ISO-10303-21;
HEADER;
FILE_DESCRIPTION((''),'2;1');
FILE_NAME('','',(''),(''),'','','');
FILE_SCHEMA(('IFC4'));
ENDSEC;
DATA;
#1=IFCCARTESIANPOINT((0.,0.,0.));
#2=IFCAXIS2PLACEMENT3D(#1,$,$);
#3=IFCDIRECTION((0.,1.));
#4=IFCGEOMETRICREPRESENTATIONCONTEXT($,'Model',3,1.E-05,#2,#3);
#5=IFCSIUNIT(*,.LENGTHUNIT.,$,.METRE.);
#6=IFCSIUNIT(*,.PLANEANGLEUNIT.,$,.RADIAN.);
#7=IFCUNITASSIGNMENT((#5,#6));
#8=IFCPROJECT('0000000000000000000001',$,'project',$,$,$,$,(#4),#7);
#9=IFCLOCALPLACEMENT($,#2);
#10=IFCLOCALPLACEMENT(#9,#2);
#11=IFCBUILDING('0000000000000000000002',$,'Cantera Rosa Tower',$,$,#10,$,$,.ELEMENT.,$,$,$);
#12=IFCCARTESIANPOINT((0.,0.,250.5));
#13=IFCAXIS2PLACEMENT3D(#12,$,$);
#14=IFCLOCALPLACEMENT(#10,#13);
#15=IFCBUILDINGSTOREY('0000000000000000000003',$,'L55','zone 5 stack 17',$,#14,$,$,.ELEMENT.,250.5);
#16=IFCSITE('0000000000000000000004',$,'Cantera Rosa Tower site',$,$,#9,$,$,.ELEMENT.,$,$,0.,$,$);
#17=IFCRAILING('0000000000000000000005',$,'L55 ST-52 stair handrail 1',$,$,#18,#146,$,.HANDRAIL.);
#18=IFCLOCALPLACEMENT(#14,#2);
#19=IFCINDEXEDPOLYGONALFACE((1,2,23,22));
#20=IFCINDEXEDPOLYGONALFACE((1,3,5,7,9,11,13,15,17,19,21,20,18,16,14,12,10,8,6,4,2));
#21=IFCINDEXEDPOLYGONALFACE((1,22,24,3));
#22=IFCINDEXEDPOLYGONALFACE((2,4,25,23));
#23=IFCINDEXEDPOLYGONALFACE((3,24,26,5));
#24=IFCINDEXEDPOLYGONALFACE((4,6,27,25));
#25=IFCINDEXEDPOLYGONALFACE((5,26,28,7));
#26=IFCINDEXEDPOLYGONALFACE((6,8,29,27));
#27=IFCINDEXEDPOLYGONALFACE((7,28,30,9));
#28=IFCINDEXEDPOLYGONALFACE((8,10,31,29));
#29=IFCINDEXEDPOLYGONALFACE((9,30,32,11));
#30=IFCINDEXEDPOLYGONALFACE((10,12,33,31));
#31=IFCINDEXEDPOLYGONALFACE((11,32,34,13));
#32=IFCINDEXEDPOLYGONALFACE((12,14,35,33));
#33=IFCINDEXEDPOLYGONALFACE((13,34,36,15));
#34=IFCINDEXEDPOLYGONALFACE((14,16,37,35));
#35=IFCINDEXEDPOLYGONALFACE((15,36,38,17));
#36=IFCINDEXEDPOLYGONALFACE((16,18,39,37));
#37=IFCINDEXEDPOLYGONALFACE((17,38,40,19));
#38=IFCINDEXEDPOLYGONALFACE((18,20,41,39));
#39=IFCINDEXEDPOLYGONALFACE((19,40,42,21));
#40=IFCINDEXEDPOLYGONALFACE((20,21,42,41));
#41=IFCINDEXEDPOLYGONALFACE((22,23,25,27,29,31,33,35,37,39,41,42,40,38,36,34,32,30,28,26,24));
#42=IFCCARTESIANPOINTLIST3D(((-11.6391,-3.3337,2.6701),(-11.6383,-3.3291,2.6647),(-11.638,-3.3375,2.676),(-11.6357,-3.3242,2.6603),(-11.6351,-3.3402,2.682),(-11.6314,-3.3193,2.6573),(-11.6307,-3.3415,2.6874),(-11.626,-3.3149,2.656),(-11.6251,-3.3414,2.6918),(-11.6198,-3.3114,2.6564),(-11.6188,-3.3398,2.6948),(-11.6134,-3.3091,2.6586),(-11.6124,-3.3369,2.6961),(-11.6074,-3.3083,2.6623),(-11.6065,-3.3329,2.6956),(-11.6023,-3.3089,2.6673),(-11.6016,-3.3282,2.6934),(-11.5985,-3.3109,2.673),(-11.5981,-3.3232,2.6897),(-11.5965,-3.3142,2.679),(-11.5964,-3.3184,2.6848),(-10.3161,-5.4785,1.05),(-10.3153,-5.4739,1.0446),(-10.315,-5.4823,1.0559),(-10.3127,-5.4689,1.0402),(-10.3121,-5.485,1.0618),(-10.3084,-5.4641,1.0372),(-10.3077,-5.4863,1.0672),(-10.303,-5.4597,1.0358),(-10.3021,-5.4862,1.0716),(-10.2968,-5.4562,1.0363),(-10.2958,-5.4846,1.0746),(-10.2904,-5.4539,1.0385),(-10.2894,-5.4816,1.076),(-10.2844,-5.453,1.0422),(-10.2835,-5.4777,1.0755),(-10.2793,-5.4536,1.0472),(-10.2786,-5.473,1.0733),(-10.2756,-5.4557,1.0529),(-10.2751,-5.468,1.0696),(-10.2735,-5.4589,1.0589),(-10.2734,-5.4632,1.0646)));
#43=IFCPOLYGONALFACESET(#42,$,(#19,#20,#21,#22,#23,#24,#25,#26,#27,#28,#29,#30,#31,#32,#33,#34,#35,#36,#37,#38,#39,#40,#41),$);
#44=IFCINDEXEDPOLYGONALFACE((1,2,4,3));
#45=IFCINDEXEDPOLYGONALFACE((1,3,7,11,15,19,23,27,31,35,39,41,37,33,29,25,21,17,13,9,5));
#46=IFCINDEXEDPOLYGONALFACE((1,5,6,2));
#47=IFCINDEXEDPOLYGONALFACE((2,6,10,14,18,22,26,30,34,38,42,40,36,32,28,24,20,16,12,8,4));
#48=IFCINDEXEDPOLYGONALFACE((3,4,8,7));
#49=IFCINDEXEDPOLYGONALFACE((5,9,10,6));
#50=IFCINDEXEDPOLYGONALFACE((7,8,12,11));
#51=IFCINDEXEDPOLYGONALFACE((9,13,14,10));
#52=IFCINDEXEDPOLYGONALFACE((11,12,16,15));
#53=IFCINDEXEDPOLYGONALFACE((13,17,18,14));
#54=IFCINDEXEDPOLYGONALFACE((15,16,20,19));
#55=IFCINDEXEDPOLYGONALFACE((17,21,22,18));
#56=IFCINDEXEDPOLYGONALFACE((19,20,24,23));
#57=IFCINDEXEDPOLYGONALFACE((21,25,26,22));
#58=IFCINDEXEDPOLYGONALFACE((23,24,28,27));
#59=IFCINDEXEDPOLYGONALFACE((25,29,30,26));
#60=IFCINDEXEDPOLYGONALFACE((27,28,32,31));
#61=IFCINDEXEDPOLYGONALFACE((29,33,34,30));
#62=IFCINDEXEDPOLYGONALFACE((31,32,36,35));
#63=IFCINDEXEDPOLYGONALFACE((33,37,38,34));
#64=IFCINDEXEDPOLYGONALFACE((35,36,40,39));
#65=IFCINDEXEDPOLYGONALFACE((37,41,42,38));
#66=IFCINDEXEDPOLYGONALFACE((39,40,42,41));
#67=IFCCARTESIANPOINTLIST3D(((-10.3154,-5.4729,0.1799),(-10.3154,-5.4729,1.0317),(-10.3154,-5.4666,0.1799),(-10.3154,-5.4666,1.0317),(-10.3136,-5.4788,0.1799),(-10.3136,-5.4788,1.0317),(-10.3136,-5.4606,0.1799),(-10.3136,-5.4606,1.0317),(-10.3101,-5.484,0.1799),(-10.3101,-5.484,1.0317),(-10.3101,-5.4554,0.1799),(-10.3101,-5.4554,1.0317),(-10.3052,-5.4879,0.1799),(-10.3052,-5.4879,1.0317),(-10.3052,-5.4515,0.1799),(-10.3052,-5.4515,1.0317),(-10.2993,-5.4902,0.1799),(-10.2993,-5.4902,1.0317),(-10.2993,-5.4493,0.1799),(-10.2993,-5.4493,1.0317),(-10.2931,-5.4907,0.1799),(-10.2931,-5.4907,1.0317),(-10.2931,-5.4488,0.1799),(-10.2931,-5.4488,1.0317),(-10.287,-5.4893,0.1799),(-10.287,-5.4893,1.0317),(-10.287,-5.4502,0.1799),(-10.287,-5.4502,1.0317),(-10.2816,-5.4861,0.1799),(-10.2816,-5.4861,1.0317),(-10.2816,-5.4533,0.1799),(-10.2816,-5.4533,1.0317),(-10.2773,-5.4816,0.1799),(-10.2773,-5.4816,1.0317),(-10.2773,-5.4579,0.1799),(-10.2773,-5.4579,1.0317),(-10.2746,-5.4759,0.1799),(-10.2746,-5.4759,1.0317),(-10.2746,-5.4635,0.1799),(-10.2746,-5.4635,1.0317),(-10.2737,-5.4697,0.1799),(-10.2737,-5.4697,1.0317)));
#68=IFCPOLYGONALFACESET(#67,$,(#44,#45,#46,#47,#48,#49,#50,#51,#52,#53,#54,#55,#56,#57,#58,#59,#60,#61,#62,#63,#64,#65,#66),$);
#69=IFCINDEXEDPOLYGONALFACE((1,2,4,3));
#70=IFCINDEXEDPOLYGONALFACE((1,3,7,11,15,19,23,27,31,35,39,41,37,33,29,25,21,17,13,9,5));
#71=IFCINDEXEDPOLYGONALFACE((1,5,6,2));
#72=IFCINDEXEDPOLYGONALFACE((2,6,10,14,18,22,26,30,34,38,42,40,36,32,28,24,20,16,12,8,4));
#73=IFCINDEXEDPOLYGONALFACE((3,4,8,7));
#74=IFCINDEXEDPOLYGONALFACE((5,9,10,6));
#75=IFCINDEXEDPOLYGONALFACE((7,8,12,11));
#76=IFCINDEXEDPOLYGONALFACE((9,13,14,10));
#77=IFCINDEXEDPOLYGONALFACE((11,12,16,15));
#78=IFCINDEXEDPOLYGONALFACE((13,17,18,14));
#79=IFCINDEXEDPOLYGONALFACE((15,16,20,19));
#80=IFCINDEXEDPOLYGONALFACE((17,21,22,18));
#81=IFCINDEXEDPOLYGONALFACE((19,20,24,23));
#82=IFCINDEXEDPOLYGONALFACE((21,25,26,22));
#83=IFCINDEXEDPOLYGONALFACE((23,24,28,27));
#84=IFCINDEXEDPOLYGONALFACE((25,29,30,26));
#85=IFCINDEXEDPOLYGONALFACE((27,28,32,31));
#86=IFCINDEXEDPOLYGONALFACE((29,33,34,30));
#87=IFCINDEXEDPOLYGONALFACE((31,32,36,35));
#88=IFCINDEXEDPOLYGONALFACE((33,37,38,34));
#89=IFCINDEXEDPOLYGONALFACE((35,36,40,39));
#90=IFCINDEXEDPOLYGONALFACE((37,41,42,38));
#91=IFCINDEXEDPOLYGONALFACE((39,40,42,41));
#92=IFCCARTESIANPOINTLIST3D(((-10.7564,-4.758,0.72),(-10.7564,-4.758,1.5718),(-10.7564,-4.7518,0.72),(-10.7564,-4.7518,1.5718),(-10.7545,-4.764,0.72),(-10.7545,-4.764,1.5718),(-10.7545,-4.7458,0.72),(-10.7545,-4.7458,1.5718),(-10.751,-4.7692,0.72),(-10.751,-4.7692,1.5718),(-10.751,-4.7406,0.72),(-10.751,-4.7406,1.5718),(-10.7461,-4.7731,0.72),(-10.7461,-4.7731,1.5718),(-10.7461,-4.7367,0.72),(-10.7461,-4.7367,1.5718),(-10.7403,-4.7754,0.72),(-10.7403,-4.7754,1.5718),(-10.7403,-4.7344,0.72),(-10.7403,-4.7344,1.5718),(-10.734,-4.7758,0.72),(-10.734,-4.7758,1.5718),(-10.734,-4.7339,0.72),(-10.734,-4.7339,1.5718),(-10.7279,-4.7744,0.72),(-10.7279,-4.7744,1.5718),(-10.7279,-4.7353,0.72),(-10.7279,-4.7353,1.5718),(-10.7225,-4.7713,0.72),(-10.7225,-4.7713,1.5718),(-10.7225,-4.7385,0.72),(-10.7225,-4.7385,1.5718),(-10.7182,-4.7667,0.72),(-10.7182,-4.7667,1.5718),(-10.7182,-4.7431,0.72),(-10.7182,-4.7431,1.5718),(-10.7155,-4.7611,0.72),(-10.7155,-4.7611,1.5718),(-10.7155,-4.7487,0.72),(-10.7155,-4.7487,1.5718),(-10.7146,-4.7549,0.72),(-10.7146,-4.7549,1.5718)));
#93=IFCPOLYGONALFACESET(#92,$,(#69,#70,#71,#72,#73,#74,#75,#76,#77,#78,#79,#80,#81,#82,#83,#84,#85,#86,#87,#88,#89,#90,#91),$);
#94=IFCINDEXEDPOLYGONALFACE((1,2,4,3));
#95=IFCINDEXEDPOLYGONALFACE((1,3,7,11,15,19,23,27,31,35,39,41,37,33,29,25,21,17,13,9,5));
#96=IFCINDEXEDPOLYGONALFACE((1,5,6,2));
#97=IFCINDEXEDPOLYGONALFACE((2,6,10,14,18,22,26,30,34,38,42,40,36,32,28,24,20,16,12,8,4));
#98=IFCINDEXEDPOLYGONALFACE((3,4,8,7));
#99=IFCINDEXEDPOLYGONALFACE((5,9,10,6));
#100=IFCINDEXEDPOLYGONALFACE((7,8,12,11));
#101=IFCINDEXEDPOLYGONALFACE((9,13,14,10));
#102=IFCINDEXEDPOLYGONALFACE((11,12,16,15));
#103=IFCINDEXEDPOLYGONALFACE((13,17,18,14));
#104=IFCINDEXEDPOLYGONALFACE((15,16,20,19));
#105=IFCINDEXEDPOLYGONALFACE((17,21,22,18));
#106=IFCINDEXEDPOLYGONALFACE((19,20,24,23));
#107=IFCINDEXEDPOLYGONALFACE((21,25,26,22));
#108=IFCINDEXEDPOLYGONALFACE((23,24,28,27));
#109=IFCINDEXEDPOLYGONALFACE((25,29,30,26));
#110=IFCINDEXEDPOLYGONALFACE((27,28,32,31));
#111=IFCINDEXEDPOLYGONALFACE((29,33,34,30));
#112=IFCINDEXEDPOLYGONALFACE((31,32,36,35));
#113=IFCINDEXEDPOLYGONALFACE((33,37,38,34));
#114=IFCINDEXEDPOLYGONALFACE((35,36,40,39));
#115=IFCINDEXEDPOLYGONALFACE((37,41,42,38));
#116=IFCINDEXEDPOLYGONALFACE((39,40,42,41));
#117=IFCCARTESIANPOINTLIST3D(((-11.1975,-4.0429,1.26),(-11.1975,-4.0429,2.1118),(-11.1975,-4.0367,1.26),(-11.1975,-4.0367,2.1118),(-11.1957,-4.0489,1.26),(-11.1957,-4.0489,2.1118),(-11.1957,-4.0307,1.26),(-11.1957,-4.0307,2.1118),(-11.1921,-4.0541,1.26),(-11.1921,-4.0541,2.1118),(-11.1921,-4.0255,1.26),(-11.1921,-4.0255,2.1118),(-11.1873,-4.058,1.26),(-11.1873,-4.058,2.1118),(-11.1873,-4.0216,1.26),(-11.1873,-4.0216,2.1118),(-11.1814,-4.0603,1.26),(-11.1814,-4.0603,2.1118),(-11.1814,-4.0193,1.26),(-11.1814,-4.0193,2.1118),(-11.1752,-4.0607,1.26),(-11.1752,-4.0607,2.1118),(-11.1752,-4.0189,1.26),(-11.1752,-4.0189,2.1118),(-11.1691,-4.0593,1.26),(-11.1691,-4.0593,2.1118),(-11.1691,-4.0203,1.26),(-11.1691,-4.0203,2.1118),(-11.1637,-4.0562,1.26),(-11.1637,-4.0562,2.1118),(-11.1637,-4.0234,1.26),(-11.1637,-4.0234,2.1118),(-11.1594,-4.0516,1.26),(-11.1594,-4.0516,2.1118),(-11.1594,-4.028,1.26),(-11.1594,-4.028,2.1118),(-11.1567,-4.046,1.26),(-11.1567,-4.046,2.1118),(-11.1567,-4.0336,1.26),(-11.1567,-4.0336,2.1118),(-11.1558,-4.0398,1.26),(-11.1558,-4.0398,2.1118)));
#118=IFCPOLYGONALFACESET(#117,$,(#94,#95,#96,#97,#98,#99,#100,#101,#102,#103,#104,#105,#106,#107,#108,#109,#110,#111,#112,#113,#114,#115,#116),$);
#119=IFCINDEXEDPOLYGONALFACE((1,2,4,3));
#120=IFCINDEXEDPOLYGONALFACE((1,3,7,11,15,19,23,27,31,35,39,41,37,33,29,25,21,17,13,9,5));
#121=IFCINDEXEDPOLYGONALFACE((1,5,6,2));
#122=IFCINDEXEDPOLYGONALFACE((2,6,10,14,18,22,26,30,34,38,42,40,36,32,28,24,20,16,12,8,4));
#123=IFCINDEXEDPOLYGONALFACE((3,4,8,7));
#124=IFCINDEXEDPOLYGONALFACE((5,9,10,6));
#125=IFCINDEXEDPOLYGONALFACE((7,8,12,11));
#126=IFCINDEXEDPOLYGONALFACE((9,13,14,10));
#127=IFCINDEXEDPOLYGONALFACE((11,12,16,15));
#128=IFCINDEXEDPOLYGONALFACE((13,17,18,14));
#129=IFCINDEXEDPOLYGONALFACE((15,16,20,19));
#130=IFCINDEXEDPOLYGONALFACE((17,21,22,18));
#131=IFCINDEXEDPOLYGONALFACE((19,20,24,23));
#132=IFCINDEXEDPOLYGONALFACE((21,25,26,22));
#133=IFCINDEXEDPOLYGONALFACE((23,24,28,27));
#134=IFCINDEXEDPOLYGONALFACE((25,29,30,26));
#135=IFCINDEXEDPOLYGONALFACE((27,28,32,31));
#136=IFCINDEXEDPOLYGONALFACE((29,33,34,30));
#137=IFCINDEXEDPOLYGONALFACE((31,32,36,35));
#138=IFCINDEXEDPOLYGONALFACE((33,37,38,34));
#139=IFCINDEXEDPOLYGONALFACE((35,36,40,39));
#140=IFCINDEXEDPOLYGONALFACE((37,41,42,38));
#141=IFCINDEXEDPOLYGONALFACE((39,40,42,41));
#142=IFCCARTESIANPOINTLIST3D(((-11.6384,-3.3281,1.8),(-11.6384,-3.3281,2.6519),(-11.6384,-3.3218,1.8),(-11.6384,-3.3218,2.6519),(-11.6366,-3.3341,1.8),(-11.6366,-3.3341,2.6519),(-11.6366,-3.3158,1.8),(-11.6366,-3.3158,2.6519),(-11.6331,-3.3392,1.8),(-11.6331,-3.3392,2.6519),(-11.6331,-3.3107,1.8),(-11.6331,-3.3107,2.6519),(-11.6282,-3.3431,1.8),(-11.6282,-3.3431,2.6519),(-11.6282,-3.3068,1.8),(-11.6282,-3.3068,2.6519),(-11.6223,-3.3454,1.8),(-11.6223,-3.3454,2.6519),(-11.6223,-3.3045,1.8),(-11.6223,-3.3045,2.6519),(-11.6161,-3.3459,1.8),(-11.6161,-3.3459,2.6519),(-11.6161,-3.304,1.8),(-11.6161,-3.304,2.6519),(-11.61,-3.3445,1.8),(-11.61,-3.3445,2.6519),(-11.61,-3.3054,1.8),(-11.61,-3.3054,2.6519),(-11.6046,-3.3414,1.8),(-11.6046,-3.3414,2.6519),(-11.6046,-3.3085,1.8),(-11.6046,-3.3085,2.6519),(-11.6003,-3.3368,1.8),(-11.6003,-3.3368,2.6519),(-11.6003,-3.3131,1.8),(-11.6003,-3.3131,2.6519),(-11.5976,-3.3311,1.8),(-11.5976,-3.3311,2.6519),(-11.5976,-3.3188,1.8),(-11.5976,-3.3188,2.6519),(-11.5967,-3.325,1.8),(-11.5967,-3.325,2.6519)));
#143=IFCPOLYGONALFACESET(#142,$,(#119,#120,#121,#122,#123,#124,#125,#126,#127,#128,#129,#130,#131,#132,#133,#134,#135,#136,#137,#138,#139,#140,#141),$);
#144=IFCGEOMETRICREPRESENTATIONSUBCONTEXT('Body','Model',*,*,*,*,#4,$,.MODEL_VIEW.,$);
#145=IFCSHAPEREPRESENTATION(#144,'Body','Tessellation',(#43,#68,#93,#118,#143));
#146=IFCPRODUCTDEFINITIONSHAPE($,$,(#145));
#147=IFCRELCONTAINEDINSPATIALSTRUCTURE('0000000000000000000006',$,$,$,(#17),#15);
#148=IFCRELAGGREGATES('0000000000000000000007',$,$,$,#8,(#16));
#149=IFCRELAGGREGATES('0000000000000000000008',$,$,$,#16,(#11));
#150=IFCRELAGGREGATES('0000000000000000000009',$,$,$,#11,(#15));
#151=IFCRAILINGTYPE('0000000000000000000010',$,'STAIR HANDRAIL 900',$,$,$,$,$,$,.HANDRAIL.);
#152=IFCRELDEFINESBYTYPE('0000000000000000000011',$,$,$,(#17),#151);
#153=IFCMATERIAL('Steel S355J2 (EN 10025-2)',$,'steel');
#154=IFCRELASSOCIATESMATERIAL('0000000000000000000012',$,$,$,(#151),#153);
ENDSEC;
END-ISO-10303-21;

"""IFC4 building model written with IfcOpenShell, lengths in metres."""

from ifc_helpers import new_model, si_unit, direction, frame, origin, origin_2d, place, context, subcontext, project, spatial, circle, extrude, material, type_object, element, save


model = new_model("IFC4")

# Units and contexts
model_context = context("Model", 3, precision=1e-05, world=origin(), true_north=direction((0.0, 1.0)))
body_context = subcontext(model_context, "Body", "Model", "MODEL_VIEW")
ifc_project = project(units=[si_unit("LENGTHUNIT", "METRE"), si_unit("PLANEANGLEUNIT", "RADIAN")], contexts=[model_context])

# Site, building, storey
site_placement = place(None, origin())
site = spatial("IfcSite", under=ifc_project, at=site_placement, Name="Cantera Rosa Tower site", CompositionType="ELEMENT", RefElevation=0.0)
building_placement = place(site_placement, origin())
building = spatial("IfcBuilding", under=site, at=building_placement, Name="Cantera Rosa Tower", CompositionType="ELEMENT")
storey_placement = place(building_placement, frame((0.0, 0.0, 250.5)))
storey = spatial("IfcBuildingStorey", under=building, at=storey_placement, Name="L55", Description="zone 5 stack 17", CompositionType="ELEMENT", Elevation=250.5)

# Railing
ifc_material_1 = material(Name="Steel S355J2 (EN 10025-2)", Category="steel")
railing_type_1 = type_object("IfcRailingType", Name="STAIR HANDRAIL 900", PredefinedType="HANDRAIL", material=ifc_material_1)
railing_1_placement = place(storey_placement, frame((-10.2947, -5.4697, 0.1799)))
element("IfcRailing", 1, at=railing_1_placement, inside=storey, type_object=railing_type_1, Name="L55 ST-52 stair handrail 1", PredefinedType="HANDRAIL", context=body_context, shape_type="SweptSolid", body=[
    extrude(circle(Radius=0.0239, at=origin_2d()), frame((0.0, 0.0, 0.876), z_axis=(-0.441609, 0.715914, 0.540786), x_axis=(-0.851102, -0.525, 0.0)), (0.0, 0.0, 1.0), 2.9958),
    extrude(circle(Radius=0.021, at=origin_2d()), origin(), (0.0, 0.0, 1.0), 0.8518),
    extrude(circle(Radius=0.021, at=origin_2d()), frame((-0.4409, 0.7148, 0.54)), (0.0, 0.0, 1.0), 0.8518),
    extrude(circle(Radius=0.021, at=origin_2d()), frame((-0.8821, 1.4299, 1.0801)), (0.0, 0.0, 1.0), 0.8518),
    extrude(circle(Radius=0.021, at=origin_2d()), frame((-1.323, 2.1448, 1.6201)), (0.0, 0.0, 1.0), 0.8518),
])

save(model, "model.ifc")
